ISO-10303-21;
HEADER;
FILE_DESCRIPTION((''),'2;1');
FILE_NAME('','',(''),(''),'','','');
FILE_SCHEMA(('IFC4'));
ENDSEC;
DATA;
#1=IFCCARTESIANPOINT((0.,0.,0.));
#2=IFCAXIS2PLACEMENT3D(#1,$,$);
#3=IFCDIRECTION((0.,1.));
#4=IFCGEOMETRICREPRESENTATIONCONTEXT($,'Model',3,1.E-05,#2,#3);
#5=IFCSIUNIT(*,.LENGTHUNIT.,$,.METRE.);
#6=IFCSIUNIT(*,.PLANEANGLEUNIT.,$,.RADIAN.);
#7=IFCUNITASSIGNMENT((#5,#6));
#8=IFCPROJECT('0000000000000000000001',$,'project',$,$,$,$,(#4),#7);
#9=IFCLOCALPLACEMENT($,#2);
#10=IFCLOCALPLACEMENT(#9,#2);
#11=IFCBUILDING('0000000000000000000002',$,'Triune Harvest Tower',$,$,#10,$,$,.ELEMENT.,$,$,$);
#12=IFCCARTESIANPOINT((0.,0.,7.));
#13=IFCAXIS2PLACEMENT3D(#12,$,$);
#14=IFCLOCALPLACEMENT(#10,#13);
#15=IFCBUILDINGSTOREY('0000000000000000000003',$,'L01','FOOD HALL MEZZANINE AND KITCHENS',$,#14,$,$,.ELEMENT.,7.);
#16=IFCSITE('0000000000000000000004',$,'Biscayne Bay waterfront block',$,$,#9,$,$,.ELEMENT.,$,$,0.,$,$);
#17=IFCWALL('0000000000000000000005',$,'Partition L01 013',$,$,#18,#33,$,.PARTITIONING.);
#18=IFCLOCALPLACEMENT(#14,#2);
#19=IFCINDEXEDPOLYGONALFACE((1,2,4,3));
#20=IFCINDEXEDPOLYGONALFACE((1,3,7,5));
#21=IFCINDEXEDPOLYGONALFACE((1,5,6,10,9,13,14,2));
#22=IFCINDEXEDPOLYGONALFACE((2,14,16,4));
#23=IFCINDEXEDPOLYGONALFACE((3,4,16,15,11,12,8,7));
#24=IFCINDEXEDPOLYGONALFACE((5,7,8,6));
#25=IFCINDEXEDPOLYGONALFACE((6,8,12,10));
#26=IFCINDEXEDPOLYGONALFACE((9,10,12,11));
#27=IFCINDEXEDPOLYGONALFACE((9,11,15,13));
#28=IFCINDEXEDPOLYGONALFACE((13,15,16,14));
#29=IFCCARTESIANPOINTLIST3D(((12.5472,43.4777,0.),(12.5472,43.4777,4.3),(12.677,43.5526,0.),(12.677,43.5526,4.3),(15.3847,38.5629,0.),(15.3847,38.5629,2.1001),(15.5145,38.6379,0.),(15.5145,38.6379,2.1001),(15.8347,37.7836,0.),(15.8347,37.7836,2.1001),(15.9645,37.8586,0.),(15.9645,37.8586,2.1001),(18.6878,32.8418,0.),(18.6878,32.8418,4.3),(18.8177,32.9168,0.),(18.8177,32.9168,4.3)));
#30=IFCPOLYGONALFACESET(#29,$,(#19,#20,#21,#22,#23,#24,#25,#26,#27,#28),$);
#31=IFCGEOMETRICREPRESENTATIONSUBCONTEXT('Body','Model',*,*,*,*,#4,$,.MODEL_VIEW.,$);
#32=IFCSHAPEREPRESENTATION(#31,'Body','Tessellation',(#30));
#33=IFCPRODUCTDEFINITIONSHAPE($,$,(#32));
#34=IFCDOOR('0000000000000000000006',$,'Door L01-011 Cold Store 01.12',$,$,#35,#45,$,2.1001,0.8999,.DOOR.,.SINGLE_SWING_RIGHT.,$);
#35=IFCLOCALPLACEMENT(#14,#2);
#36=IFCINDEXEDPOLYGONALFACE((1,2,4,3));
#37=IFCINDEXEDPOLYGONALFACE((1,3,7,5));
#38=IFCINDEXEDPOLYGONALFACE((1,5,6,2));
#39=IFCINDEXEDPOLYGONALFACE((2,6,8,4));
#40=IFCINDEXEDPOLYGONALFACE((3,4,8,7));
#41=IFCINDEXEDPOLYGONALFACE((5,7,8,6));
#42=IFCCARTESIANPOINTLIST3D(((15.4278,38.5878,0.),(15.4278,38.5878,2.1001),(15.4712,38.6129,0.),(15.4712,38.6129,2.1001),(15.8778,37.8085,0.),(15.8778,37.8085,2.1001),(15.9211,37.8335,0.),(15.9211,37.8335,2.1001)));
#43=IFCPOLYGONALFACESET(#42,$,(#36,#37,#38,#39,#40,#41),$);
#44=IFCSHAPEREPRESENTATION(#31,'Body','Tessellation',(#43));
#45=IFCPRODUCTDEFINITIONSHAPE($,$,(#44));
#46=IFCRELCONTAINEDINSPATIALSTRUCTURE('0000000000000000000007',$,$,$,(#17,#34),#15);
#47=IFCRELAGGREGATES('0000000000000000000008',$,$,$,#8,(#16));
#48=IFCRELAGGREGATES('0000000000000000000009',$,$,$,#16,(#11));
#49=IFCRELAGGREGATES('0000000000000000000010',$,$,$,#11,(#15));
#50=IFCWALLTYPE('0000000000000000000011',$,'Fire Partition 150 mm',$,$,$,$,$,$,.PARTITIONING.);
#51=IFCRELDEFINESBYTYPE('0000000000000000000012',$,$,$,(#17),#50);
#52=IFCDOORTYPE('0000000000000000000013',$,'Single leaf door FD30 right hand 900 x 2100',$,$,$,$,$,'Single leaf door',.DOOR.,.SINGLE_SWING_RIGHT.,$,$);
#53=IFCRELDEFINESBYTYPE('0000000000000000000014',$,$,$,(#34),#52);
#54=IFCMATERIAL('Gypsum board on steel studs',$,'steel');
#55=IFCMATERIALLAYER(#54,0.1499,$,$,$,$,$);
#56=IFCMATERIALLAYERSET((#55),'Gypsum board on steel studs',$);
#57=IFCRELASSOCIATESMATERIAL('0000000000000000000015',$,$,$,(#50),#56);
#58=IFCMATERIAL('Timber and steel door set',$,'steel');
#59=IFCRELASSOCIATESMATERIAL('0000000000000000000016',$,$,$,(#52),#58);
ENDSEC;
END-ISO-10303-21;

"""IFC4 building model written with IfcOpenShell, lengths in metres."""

from ifc_helpers import new_model, si_unit, direction, frame, frame_2d, origin, place, context, subcontext, project, spatial, rectangle, extrude, material, layer, layer_set, type_object, element, fill, save


model = new_model("IFC4")

# Units and contexts
model_context = context("Model", 3, precision=1e-05, world=origin(), true_north=direction((0.0, 1.0)))
body_context = subcontext(model_context, "Body", "Model", "MODEL_VIEW")
ifc_project = project(units=[si_unit("LENGTHUNIT", "METRE"), si_unit("PLANEANGLEUNIT", "RADIAN")], contexts=[model_context])

# Site, building, storey
site_placement = place(None, origin())
site = spatial("IfcSite", under=ifc_project, at=site_placement, Name="Biscayne Bay waterfront block", CompositionType="ELEMENT", RefElevation=0.0)
building_placement = place(site_placement, origin())
building = spatial("IfcBuilding", under=site, at=building_placement, Name="Triune Harvest Tower", CompositionType="ELEMENT")
storey_placement = place(building_placement, frame((0.0, 0.0, 7.0)))
storey = spatial("IfcBuildingStorey", under=building, at=storey_placement, Name="L01", Description="FOOD HALL MEZZANINE AND KITCHENS", CompositionType="ELEMENT", Elevation=7.0)

# Wall, opening, door
ifc_material_1 = material(Name="Gypsum board on steel studs", Category="steel")
ifc_layer_1 = layer(ifc_material_1, 0.1499)
ifc_layer_set_1 = layer_set([ifc_layer_1], Name="Gypsum board on steel studs")
wall_type = type_object("IfcWallType", Name="Fire Partition 150 mm", PredefinedType="PARTITIONING", material=ifc_layer_set_1)
wall_placement = place(storey_placement, frame((12.6121, 43.5151, 0.0), z_axis=(0.0, 0.0, 1.0), x_axis=(0.500005, -0.866023, 0.0)))
wall = element("IfcWall", 1, at=wall_placement, inside=storey, type_object=wall_type, Name="Partition L01 013", PredefinedType="PARTITIONING", context=body_context, shape_type="SweptSolid", body=[
    extrude(rectangle(XDim=12.2812, YDim=0.1499, at=frame_2d((6.1406, 0.0))), origin(), (0.0, 0.0, 1.0), 4.3),
])
opening_placement = place(wall_placement, frame((5.675, 0.0, 0.0)))
opening = element("IfcOpeningElement", 2, at=opening_placement, cuts=wall, PredefinedType="OPENING", context=body_context, shape_type="SweptSolid", body=[
    extrude(rectangle(XDim=0.8999, YDim=2.1001, at=frame_2d((0.45, 1.05))), frame((0.0, 0.085, 0.0), z_axis=(0.0, -1.0, 0.0), x_axis=(1.0, 0.0, 0.0)), (0.0, 0.0, 1.0), 0.1699),
])
ifc_material_2 = material(Name="Timber and steel door set", Category="steel")
door_type = type_object("IfcDoorType", Name="Single leaf door FD30 right hand 900 x 2100", ElementType="Single leaf door", OperationType="SINGLE_SWING_RIGHT", PredefinedType="DOOR", material=ifc_material_2)
door_placement = place(opening_placement, origin())
door = element("IfcDoor", 3, at=door_placement, inside=storey, type_object=door_type, Name="Door L01-011 Cold Store 01.12", OperationType="SINGLE_SWING_RIGHT", OverallHeight=2.1001, OverallWidth=0.8999, PredefinedType="DOOR", context=body_context, shape_type="SweptSolid", body=[
    extrude(rectangle(XDim=0.8999, YDim=2.1001, at=frame_2d((0.45, 1.05))), frame((0.0, 0.0249, 0.0), z_axis=(0.0, -1.0, 0.0), x_axis=(1.0, 0.0, 0.0)), (0.0, 0.0, 1.0), 0.05),
])
fill(opening, door)

save(model, "model.ifc")
